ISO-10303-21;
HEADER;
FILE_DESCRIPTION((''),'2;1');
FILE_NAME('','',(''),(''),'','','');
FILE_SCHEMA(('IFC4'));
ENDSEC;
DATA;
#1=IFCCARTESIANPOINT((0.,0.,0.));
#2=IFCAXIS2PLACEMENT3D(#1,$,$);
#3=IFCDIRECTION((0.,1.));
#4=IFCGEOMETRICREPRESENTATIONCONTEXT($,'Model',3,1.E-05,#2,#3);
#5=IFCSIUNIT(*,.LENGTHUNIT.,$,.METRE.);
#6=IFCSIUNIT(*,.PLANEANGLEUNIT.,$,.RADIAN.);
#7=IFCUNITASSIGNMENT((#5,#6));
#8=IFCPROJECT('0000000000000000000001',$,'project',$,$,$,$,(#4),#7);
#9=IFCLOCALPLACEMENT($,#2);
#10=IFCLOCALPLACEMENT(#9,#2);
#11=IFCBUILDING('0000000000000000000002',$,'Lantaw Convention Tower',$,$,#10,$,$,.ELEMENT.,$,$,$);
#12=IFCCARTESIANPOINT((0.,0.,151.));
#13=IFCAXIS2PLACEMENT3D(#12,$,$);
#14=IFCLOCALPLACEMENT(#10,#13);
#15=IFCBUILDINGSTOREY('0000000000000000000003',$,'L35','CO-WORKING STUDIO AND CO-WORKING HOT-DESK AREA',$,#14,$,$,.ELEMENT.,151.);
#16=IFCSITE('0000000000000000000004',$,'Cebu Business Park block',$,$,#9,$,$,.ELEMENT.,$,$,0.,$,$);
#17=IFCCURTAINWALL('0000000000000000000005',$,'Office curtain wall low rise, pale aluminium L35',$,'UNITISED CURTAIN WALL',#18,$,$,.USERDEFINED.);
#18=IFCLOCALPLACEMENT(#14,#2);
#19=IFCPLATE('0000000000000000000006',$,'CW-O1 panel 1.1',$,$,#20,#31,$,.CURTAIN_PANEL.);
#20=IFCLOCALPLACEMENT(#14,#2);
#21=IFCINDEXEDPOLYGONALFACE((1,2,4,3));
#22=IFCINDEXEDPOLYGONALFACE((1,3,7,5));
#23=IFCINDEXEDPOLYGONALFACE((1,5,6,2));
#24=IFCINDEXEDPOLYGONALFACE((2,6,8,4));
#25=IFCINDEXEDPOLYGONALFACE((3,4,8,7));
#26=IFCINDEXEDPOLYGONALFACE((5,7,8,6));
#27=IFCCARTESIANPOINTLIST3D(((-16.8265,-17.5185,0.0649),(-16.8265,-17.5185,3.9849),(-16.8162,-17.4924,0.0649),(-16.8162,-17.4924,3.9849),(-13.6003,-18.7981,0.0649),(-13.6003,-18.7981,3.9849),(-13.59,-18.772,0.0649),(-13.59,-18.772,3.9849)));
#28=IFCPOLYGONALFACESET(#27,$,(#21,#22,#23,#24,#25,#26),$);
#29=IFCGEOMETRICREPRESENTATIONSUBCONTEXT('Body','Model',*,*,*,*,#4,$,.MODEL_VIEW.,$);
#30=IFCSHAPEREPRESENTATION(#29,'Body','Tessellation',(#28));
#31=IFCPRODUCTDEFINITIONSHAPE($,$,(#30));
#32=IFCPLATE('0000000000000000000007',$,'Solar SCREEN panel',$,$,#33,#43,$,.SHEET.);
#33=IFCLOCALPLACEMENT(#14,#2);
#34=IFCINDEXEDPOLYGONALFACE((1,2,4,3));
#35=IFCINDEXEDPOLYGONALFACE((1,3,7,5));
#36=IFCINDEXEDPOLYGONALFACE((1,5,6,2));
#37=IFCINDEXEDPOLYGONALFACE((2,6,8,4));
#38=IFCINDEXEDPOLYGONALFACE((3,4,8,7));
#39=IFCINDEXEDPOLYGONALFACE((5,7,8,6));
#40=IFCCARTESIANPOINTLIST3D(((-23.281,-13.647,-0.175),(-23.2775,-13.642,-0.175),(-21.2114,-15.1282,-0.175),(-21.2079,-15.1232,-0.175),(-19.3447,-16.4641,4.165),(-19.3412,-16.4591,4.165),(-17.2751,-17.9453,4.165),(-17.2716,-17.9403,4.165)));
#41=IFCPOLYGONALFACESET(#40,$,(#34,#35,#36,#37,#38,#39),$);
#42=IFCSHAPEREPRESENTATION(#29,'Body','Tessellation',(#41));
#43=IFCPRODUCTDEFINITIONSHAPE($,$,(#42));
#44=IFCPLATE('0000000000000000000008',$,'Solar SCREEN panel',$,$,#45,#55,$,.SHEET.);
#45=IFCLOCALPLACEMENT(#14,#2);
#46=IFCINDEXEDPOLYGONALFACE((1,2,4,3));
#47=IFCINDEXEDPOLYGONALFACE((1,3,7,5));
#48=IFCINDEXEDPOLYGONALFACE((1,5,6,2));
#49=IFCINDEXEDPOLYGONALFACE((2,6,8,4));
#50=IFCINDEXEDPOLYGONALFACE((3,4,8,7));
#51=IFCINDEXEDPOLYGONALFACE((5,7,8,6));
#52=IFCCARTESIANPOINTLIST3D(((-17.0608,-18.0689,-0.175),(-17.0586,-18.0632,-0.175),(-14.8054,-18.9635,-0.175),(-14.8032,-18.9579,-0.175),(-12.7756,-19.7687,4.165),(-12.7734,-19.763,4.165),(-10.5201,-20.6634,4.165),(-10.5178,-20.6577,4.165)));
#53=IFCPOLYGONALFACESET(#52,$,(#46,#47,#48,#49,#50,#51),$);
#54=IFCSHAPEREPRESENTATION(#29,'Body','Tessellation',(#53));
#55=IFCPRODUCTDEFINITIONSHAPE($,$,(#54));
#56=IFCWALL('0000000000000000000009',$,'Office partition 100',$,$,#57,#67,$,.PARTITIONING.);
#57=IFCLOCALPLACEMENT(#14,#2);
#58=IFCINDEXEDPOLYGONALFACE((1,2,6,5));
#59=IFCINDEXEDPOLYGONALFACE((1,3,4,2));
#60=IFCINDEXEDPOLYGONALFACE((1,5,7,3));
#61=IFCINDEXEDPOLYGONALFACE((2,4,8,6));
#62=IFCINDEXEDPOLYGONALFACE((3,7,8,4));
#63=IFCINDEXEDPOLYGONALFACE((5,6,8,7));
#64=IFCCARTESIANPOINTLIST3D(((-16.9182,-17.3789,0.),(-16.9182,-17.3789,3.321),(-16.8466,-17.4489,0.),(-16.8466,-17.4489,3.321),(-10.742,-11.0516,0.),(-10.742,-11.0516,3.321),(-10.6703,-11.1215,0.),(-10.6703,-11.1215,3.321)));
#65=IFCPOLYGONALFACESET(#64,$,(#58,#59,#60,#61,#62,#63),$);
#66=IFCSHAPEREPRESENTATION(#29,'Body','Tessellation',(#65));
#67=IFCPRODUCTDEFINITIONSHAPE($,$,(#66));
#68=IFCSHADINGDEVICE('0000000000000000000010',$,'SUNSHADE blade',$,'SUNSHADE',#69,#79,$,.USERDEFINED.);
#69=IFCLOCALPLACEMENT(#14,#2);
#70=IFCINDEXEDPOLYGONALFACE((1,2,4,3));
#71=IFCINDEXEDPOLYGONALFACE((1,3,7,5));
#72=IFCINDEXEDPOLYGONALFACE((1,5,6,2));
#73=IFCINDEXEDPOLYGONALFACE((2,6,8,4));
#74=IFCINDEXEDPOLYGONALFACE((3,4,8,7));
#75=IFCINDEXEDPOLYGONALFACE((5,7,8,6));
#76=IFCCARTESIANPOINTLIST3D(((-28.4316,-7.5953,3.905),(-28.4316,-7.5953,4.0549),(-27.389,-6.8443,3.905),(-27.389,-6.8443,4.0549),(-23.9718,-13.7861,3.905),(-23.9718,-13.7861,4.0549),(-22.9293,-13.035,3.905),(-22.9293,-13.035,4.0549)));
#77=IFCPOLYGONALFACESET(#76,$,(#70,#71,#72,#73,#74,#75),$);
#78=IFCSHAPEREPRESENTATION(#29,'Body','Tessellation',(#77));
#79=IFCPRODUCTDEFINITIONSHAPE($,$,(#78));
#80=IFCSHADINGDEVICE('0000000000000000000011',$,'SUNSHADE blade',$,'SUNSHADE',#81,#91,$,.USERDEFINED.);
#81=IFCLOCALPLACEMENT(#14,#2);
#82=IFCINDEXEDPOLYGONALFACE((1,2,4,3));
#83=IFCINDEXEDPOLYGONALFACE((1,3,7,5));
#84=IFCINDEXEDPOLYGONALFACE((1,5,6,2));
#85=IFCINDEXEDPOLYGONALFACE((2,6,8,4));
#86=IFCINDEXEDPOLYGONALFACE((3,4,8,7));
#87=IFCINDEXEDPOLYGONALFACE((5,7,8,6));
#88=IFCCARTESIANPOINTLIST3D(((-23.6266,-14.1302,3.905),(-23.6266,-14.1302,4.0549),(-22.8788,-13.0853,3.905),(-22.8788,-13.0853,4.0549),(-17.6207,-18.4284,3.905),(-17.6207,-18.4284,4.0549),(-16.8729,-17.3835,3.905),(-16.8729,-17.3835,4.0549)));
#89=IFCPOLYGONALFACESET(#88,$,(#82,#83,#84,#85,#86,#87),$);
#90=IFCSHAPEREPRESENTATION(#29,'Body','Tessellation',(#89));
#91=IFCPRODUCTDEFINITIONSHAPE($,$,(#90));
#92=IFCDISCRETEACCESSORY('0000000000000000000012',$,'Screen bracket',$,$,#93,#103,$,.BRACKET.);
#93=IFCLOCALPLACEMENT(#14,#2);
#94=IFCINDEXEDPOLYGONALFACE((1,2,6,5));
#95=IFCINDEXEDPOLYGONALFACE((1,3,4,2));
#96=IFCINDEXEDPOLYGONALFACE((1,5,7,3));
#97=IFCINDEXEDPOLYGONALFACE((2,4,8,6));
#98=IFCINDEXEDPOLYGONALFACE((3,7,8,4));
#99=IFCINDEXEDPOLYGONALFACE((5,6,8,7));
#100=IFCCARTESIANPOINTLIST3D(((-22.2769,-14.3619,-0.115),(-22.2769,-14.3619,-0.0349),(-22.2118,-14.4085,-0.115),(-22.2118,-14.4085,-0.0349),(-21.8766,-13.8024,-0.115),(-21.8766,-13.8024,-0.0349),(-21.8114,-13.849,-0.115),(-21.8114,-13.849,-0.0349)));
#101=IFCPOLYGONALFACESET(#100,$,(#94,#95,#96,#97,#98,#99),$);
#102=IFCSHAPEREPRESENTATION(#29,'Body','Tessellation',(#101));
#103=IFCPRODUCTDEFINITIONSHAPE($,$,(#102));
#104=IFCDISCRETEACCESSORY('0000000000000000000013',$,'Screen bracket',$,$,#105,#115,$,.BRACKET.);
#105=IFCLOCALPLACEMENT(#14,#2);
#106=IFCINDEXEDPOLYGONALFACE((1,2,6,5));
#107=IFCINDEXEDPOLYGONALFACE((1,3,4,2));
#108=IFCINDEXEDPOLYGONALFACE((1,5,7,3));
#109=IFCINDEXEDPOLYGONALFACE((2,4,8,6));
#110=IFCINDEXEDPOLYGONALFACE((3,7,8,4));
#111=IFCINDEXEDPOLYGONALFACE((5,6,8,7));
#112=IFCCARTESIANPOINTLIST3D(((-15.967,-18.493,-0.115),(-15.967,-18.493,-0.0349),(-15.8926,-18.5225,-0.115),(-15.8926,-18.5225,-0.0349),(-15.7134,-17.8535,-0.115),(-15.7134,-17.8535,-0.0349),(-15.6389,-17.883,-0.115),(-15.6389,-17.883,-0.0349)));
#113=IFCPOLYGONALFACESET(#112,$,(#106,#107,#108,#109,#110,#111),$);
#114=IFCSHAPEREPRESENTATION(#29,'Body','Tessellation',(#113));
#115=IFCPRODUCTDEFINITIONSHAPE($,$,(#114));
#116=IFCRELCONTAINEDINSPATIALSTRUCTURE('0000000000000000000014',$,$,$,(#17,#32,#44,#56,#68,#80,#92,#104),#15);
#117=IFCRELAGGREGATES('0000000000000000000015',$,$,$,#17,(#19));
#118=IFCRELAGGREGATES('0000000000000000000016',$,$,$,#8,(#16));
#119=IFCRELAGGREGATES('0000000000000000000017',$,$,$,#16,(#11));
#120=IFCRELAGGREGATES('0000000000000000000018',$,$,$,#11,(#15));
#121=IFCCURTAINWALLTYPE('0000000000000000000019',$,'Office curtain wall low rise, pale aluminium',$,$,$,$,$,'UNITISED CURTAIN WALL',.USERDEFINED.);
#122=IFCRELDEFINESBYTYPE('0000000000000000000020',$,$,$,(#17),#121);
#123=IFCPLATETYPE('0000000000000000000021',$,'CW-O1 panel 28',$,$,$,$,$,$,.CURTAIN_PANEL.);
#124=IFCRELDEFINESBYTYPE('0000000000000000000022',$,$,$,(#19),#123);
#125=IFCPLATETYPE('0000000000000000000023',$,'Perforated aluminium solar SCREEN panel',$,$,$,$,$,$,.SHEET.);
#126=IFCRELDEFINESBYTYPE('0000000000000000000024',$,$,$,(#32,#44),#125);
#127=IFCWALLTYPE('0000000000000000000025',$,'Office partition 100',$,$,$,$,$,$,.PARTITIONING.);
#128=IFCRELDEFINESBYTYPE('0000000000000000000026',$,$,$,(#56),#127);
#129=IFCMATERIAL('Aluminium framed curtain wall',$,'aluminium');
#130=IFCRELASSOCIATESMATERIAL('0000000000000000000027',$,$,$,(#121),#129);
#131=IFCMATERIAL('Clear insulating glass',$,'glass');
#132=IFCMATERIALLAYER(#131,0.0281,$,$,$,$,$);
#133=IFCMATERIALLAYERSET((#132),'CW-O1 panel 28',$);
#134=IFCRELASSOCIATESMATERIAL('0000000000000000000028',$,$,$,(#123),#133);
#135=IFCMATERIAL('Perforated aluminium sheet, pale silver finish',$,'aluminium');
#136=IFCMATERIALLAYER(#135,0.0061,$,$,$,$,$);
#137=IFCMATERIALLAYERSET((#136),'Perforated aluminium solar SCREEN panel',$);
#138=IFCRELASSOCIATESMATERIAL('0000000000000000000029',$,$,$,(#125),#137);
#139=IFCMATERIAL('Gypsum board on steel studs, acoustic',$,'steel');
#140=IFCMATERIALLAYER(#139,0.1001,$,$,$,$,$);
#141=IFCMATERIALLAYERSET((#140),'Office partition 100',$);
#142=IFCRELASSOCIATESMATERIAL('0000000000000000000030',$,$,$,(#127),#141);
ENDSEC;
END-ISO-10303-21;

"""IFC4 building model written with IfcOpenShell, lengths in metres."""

from ifc_helpers import new_model, si_unit, direction, frame, frame_2d, origin, origin_2d, place, context, subcontext, project, spatial, polyline, rectangle, outline, extrude, material, layer, layer_set, type_object, element, aggregate, save


model = new_model("IFC4")

# Units and contexts
model_context = context("Model", 3, precision=1e-05, world=origin(), true_north=direction((0.0, 1.0)))
body_context = subcontext(model_context, "Body", "Model", "MODEL_VIEW")
ifc_project = project(units=[si_unit("LENGTHUNIT", "METRE"), si_unit("PLANEANGLEUNIT", "RADIAN")], contexts=[model_context])

# Site, building, storey
site_placement = place(None, origin())
site = spatial("IfcSite", under=ifc_project, at=site_placement, Name="Cebu Business Park block", CompositionType="ELEMENT", RefElevation=0.0)
building_placement = place(site_placement, origin())
building = spatial("IfcBuilding", under=site, at=building_placement, Name="Lantaw Convention Tower", CompositionType="ELEMENT")
storey_placement = place(building_placement, frame((0.0, 0.0, 151.0)))
storey = spatial("IfcBuildingStorey", under=building, at=storey_placement, Name="L35", Description="CO-WORKING STUDIO AND CO-WORKING HOT-DESK AREA", CompositionType="ELEMENT", Elevation=151.0)

# Shared definitions
ifc_material_1 = material(Name="Aluminium framed curtain wall", Category="aluminium")
curtain_wall_type = type_object("IfcCurtainWallType", Name="Office curtain wall low rise, pale aluminium", ElementType="UNITISED CURTAIN WALL", PredefinedType="USERDEFINED", material=ifc_material_1)

# Curtain wall
curtain_wall_1_placement = place(storey_placement, origin())
curtain_wall_1 = element("IfcCurtainWall", 1, at=curtain_wall_1_placement, inside=storey, type_object=curtain_wall_type, Name="Office curtain wall low rise, pale aluminium L35", ObjectType="UNITISED CURTAIN WALL", PredefinedType="USERDEFINED")

# Plate
ifc_material_2 = material(Name="Clear insulating glass", Category="glass")
ifc_layer_1 = layer(ifc_material_2, 0.0281)
ifc_layer_set_1 = layer_set([ifc_layer_1], Name="CW-O1 panel 28")
plate_type_1 = type_object("IfcPlateType", Name="CW-O1 panel 28", PredefinedType="CURTAIN_PANEL", material=ifc_layer_set_1)
plate_1_placement = place(storey_placement, frame((-15.2083, -18.1453, 0.0649), z_axis=(0.0, 0.0, 1.0), x_axis=(0.929548, -0.368702, 0.0)))
plate_1 = element("IfcPlate", 2, at=plate_1_placement, type_object=plate_type_1, Name="CW-O1 panel 1.1", PredefinedType="CURTAIN_PANEL", context=body_context, shape_type="SweptSolid", body=[
    extrude(rectangle(XDim=3.4707, YDim=0.0281, at=origin_2d()), origin(), (0.0, 0.0, 1.0), 3.9199),
])
aggregate(curtain_wall_1, [plate_1])

# Plates
ifc_material_3 = material(Name="Perforated aluminium sheet, pale silver finish", Category="aluminium")
ifc_layer_2 = layer(ifc_material_3, 0.0061)
ifc_layer_set_2 = layer_set([ifc_layer_2], Name="Perforated aluminium solar SCREEN panel")
plate_type_2 = type_object("IfcPlateType", Name="Perforated aluminium solar SCREEN panel", PredefinedType="SHEET", material=ifc_layer_set_2)
plate_2_placement = place(storey_placement, frame((-23.281, -13.647, -0.175), z_axis=(-0.582, -0.813189, 0.000012), x_axis=(0.813189, -0.582, 0.0)))
element("IfcPlate", 3, at=plate_2_placement, inside=storey, type_object=plate_type_2, Name="Solar SCREEN panel", PredefinedType="SHEET", context=body_context, shape_type="SweptSolid", body=[
    extrude(outline(polyline([(0.0, 0.0), (2.545, 0.0), (7.3855, 4.3401), (4.8405, 4.3401), (0.0, 0.0)])), origin(), (0.0, 0.0, -1.0), 0.0061),
])
plate_3_placement = place(storey_placement, frame((-17.0586, -18.0632, -0.175), z_axis=(0.368709, 0.929545, 0.000011), x_axis=(0.929545, -0.368709, 0.0)))
element("IfcPlate", 4, at=plate_3_placement, inside=storey, type_object=plate_type_2, Name="Solar SCREEN panel", PredefinedType="SHEET", context=body_context, shape_type="SweptSolid", body=[
    extrude(outline(polyline([(0.0, 0.0), (2.4264, 0.0), (7.0365, -4.3401), (4.61, -4.3401), (0.0, 0.0)])), origin(), (0.0, 0.0, -1.0), 0.0061),
])

# Wall
ifc_material_4 = material(Name="Gypsum board on steel studs, acoustic", Category="steel")
ifc_layer_3 = layer(ifc_material_4, 0.1001)
ifc_layer_set_3 = layer_set([ifc_layer_3], Name="Office partition 100")
wall_type = type_object("IfcWallType", Name="Office partition 100", PredefinedType="PARTITIONING", material=ifc_layer_set_3)
wall_placement = place(storey_placement, frame((-16.8823, -17.4138, 0.0), z_axis=(0.0, 0.0, 1.0), x_axis=(0.698509, 0.715601, 0.0)))
element("IfcWall", 5, at=wall_placement, inside=storey, type_object=wall_type, Name="Office partition 100", PredefinedType="PARTITIONING", context=body_context, shape_type="SweptSolid", body=[
    extrude(rectangle(XDim=8.842, YDim=0.1001, at=frame_2d((4.4209, 0.0))), origin(), (0.0, 0.0, 1.0), 3.321),
])

# Shading devices
shading_device_1_placement = place(storey_placement, frame((-25.6804, -10.3152, 3.905), z_axis=(0.0, 0.0, 1.0), x_axis=(0.584513, -0.811385, 0.0)))
element("IfcShadingDevice", 6, at=shading_device_1_placement, inside=storey, Name="SUNSHADE blade", ObjectType="SUNSHADE", PredefinedType="USERDEFINED", context=body_context, shape_type="SweptSolid", body=[
    extrude(rectangle(XDim=7.6299, YDim=1.2849, at=origin_2d()), origin(), (0.0, 0.0, 1.0), 0.1499),
])
shading_device_2_placement = place(storey_placement, frame((-20.2498, -15.7568, 3.905), z_axis=(0.0, 0.0, 1.0), x_axis=(0.813208, -0.581973, 0.0)))
element("IfcShadingDevice", 7, at=shading_device_2_placement, inside=storey, Name="SUNSHADE blade", ObjectType="SUNSHADE", PredefinedType="USERDEFINED", context=body_context, shape_type="SweptSolid", body=[
    extrude(rectangle(XDim=7.3855, YDim=1.2849, at=origin_2d()), origin(), (0.0, 0.0, 1.0), 0.1499),
])

# Discrete accessories
for number, where, z_axis, x_axis, name in (
    (8, (-22.0442, -14.1055, -0.115), (0.0, 0.0, 1.0), (0.813208, -0.581973, 0.0), "Screen bracket"),
    (9, (-15.803, -18.188, -0.115), (0.0, 0.0, 1.0), (0.929548, -0.368702, 0.0), "Screen bracket"),
):
    element("IfcDiscreteAccessory", number, at=place(storey_placement, frame(where, z_axis=z_axis, x_axis=x_axis)), inside=storey, Name=name, PredefinedType="BRACKET", context=body_context, shape_type="SweptSolid", body=[
        extrude(rectangle(XDim=0.0801, YDim=0.688, at=origin_2d()), origin(), (0.0, 0.0, 1.0), 0.0801),
    ])

save(model, "model.ifc")
